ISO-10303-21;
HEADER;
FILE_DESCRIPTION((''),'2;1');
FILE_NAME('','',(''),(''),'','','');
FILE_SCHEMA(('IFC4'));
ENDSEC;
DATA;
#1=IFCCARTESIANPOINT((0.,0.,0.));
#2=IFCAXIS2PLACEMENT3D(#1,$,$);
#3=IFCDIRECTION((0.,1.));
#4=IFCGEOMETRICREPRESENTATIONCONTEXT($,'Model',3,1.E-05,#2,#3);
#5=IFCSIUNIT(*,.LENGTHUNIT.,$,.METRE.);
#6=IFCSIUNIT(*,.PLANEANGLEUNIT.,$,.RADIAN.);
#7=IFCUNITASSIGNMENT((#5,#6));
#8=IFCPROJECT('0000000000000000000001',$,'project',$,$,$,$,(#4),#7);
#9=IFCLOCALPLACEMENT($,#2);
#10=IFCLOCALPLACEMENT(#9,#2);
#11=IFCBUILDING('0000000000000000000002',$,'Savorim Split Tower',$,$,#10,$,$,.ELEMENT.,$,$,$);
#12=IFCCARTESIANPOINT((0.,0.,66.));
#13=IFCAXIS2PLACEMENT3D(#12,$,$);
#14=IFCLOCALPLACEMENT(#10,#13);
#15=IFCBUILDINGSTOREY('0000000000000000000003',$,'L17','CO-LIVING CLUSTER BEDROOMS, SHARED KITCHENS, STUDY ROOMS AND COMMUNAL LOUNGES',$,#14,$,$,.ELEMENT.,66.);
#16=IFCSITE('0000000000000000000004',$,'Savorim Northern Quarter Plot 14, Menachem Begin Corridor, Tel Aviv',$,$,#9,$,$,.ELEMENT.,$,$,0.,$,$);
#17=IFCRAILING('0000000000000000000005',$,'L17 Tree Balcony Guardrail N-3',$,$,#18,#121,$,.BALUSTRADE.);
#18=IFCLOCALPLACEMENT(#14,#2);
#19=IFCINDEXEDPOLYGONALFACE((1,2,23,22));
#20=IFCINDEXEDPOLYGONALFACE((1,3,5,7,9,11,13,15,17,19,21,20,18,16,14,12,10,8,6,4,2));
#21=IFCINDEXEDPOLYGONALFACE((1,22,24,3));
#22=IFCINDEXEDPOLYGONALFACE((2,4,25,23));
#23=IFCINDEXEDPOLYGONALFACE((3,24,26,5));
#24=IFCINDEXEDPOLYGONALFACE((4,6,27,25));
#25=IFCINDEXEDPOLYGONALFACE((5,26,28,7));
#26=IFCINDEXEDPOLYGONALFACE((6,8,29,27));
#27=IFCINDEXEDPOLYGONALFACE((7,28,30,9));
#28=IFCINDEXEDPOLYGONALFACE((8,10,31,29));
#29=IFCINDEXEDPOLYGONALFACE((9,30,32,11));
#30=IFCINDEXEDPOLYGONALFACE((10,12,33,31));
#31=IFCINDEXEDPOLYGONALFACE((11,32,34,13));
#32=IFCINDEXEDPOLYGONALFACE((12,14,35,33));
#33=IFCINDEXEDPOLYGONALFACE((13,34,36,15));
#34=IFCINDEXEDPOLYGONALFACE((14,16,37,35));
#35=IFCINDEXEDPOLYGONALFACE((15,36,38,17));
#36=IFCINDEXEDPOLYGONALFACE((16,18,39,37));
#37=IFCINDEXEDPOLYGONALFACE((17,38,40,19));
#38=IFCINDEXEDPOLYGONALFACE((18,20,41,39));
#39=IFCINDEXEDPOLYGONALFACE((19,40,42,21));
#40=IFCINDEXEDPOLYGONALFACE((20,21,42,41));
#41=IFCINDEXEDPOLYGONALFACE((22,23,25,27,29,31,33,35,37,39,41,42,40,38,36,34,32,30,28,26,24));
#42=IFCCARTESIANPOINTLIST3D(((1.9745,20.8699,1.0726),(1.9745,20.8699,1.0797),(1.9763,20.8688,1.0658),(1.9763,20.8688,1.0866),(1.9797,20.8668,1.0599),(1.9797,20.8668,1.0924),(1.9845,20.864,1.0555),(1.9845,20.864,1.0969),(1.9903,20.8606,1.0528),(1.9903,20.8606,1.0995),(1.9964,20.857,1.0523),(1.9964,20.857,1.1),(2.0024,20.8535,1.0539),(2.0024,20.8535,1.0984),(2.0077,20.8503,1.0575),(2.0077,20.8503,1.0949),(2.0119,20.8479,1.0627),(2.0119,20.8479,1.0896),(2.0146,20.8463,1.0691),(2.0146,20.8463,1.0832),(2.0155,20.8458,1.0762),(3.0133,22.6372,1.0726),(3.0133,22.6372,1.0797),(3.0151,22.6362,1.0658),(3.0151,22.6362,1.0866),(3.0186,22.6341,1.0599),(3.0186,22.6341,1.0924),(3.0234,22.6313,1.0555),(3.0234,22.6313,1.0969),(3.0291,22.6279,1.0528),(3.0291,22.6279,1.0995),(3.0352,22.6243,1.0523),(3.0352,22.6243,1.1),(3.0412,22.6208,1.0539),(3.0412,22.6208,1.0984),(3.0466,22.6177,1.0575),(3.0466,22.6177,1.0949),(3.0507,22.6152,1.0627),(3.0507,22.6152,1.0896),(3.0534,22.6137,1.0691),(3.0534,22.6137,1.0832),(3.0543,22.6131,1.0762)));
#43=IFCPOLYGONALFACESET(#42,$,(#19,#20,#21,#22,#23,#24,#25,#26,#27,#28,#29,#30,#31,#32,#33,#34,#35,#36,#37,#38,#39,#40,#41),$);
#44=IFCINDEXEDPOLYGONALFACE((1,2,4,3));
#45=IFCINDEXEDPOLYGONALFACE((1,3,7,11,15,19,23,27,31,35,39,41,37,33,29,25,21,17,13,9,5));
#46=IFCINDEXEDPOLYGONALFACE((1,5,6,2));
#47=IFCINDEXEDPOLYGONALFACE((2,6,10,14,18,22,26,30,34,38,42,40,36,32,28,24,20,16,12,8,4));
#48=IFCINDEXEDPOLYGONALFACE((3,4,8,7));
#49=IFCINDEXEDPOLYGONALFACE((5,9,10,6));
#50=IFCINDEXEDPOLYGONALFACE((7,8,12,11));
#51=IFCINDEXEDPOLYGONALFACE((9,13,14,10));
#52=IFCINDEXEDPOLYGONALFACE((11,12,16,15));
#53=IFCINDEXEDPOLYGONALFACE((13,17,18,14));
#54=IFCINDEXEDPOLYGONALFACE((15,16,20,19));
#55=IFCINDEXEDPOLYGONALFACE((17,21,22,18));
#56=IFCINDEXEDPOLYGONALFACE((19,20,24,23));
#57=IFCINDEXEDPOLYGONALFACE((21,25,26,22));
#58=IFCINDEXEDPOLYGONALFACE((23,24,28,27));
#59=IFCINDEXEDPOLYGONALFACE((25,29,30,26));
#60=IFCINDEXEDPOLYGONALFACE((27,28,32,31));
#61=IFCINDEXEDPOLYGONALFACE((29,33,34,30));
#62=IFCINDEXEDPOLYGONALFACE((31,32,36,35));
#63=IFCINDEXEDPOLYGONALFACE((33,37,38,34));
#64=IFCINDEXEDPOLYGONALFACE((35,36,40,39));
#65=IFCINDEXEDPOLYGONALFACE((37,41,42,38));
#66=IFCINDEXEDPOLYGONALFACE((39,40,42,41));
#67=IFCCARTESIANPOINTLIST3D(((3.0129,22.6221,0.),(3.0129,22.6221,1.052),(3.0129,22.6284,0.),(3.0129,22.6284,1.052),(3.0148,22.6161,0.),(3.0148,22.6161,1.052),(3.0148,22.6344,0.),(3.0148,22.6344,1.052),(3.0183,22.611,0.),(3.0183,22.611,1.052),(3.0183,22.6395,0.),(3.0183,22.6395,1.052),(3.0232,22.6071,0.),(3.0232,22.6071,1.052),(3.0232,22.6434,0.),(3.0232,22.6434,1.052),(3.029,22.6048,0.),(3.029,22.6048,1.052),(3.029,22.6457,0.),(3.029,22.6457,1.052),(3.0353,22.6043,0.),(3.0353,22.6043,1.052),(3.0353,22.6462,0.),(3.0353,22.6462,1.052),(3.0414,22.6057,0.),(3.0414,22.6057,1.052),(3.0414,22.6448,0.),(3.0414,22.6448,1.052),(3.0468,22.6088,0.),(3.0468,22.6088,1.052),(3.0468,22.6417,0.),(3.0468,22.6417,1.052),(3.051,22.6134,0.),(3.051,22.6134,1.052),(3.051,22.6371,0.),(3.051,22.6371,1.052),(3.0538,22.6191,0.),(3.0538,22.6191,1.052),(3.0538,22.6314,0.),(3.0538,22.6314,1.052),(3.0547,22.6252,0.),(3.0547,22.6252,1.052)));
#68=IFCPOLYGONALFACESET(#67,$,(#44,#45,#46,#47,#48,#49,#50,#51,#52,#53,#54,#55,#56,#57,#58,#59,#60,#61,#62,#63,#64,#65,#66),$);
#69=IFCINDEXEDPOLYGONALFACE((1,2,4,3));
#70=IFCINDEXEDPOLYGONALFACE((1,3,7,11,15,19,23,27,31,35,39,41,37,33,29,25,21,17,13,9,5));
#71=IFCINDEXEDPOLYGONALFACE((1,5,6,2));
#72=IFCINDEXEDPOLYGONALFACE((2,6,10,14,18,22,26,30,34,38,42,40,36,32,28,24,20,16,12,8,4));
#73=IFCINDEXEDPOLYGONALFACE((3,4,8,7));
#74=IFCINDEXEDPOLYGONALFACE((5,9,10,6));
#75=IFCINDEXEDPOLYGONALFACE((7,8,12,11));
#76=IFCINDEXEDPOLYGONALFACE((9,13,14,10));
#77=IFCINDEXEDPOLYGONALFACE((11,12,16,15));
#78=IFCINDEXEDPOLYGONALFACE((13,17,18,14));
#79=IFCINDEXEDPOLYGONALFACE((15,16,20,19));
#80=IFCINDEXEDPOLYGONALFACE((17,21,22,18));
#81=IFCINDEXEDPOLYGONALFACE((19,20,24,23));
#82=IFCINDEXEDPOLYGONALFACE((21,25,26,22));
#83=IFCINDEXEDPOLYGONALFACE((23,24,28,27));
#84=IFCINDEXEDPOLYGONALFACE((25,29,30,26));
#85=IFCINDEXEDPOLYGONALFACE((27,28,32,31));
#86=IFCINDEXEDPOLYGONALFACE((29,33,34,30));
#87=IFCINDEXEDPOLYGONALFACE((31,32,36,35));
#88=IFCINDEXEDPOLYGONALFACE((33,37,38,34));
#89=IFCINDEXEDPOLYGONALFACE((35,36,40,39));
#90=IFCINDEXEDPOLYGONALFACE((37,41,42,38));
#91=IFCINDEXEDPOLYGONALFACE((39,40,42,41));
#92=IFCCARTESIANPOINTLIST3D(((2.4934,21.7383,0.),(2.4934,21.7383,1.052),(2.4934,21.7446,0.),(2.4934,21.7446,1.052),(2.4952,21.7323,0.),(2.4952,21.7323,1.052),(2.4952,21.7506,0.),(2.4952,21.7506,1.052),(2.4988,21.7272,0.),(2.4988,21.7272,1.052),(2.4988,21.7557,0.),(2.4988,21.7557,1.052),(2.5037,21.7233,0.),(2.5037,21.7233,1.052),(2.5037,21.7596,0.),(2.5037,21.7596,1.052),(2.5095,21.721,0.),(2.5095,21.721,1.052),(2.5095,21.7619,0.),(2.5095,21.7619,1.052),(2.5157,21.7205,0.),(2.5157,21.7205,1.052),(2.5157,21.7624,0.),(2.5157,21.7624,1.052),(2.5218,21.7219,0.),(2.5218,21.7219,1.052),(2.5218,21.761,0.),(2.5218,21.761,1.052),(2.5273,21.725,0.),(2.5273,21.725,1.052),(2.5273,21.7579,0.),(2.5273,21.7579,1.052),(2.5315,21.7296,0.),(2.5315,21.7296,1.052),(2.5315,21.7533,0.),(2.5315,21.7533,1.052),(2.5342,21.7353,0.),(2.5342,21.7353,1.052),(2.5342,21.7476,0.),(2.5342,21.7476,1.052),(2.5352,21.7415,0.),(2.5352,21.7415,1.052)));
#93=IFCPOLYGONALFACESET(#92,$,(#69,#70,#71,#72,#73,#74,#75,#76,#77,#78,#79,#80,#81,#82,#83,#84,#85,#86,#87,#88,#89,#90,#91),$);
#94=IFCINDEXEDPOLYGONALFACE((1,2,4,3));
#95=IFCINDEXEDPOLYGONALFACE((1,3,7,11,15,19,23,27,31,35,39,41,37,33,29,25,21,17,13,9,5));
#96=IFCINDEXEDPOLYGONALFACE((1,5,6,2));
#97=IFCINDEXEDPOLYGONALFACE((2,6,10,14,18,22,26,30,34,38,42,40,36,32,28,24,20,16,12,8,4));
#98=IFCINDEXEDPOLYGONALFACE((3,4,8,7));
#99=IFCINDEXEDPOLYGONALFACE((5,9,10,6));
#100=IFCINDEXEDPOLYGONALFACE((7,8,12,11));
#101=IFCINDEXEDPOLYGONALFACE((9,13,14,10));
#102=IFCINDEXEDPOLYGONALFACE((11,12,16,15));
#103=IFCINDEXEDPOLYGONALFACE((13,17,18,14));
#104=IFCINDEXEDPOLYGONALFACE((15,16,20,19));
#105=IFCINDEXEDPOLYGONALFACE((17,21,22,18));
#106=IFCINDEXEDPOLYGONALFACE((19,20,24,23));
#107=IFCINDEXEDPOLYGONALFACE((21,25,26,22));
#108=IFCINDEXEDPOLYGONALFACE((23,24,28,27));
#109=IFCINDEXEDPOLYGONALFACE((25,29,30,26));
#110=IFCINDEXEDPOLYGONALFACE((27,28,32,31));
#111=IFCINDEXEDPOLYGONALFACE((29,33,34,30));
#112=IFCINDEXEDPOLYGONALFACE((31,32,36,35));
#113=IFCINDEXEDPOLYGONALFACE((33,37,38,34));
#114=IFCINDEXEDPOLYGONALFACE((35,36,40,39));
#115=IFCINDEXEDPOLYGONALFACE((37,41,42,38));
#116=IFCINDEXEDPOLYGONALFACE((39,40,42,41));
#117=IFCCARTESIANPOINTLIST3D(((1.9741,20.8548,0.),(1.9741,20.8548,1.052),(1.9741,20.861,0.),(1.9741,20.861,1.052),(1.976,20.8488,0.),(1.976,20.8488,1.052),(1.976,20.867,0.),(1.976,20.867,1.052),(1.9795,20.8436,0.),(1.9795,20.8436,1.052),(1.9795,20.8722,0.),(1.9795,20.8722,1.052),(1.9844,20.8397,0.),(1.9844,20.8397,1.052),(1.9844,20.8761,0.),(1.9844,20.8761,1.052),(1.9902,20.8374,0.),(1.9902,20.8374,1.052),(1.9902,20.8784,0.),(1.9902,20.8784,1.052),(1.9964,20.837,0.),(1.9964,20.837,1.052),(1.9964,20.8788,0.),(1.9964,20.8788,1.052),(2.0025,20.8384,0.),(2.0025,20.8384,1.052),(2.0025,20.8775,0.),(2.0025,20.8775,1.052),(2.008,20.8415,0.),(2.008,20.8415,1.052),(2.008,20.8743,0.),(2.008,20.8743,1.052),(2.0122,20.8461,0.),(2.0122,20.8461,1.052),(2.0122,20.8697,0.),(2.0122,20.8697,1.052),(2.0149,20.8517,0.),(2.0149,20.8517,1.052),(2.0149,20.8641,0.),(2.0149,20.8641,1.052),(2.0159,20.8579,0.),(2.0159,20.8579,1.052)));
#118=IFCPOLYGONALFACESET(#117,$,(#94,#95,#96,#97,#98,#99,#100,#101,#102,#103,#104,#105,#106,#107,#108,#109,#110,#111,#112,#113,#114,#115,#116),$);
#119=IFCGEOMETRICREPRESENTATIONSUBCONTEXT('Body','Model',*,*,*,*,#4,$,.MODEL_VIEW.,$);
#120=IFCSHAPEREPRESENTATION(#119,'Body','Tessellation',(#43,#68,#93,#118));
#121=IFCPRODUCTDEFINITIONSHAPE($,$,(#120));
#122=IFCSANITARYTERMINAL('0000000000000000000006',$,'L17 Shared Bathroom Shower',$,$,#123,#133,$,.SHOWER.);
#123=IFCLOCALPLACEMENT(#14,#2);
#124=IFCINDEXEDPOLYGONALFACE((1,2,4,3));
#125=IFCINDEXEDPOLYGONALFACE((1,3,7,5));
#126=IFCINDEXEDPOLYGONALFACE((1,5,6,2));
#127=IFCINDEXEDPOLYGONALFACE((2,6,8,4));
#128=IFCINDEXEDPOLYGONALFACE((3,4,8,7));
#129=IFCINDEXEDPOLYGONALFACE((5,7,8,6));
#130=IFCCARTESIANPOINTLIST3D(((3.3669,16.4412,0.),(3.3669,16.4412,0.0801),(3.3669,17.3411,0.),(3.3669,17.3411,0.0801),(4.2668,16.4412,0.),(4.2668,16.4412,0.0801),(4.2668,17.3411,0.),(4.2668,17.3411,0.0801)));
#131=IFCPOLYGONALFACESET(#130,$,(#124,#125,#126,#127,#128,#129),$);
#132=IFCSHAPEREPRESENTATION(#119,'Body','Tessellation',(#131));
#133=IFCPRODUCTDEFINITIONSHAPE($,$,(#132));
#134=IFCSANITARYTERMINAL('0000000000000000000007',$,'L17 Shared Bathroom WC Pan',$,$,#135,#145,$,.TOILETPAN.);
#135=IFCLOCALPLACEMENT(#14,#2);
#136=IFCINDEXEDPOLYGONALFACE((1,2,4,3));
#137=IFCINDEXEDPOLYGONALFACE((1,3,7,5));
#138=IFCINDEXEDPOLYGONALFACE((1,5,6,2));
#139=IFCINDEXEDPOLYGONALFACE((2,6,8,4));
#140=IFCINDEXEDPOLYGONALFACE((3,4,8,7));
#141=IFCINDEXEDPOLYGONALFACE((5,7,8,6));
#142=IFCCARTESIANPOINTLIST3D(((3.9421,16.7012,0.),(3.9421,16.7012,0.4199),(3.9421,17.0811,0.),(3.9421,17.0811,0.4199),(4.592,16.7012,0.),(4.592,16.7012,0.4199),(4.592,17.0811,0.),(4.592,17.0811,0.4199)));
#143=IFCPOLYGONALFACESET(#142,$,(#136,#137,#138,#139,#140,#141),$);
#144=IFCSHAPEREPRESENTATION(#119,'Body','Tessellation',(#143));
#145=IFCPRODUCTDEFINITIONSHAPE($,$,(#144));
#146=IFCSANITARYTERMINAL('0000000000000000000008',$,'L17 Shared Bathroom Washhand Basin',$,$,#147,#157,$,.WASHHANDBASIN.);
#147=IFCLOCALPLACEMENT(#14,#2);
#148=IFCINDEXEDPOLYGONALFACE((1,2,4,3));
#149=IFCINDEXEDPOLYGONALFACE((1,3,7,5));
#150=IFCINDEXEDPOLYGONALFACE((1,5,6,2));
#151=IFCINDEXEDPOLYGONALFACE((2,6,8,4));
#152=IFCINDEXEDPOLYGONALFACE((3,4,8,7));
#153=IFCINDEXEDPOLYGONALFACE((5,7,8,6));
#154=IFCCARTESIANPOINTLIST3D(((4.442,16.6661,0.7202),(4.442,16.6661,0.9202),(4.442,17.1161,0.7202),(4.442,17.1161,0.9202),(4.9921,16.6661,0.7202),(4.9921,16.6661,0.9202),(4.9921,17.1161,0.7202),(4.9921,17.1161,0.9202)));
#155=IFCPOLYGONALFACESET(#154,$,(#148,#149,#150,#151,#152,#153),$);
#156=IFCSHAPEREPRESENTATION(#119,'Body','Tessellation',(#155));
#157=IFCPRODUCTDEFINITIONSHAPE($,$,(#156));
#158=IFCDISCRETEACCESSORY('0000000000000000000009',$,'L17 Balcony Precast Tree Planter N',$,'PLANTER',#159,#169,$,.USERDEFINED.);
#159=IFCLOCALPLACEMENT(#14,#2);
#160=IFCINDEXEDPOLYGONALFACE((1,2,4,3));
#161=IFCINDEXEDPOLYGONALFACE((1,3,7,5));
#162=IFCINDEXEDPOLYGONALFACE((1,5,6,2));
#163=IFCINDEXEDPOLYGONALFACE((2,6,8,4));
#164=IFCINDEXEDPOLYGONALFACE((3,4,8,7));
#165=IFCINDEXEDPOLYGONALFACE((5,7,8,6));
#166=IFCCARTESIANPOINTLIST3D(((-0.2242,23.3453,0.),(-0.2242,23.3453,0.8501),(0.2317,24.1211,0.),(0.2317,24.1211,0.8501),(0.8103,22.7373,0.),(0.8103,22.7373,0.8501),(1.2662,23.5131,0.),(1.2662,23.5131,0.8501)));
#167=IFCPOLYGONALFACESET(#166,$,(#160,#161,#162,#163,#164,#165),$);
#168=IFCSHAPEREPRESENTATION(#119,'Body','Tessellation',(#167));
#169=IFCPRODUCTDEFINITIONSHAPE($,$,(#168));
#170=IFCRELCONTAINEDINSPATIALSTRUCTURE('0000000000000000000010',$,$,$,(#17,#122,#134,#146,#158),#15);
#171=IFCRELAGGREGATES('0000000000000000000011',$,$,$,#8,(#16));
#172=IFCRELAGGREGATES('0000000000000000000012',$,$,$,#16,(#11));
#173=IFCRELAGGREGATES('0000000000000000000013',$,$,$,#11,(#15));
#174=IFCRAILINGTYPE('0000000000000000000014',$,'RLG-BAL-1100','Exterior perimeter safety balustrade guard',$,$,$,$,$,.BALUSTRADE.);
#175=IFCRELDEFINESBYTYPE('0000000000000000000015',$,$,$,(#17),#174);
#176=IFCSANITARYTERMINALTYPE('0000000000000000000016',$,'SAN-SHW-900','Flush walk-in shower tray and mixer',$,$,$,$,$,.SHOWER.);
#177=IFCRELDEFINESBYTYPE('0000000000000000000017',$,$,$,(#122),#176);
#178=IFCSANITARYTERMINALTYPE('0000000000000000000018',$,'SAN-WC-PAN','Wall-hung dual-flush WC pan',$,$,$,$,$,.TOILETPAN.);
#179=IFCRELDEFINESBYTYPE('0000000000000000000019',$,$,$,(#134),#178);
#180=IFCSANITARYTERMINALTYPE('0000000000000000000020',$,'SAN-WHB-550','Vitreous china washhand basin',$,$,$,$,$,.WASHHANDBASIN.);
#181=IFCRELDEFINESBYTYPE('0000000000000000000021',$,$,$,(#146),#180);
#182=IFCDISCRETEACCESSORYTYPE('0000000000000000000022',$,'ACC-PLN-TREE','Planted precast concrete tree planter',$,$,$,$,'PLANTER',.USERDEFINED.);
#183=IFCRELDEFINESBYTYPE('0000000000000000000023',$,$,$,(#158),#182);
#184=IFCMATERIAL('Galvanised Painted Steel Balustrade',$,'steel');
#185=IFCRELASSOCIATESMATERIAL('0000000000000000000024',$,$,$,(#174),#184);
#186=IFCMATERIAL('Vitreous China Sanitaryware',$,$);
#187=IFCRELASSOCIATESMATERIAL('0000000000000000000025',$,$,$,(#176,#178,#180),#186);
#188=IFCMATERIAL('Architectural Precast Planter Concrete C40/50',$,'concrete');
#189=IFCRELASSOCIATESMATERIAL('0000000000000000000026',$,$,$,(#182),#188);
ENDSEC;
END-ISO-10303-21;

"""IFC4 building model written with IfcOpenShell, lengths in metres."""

from ifc_helpers import new_model, si_unit, direction, frame, origin, origin_2d, place, context, subcontext, project, spatial, rectangle, circle, extrude, material, type_object, element, save


model = new_model("IFC4")

# Units and contexts
model_context = context("Model", 3, precision=1e-05, world=origin(), true_north=direction((0.0, 1.0)))
body_context = subcontext(model_context, "Body", "Model", "MODEL_VIEW")
ifc_project = project(units=[si_unit("LENGTHUNIT", "METRE"), si_unit("PLANEANGLEUNIT", "RADIAN")], contexts=[model_context])

# Site, building, storey
site_placement = place(None, origin())
site = spatial("IfcSite", under=ifc_project, at=site_placement, Name="Savorim Northern Quarter Plot 14, Menachem Begin Corridor, Tel Aviv", CompositionType="ELEMENT", RefElevation=0.0)
building_placement = place(site_placement, origin())
building = spatial("IfcBuilding", under=site, at=building_placement, Name="Savorim Split Tower", CompositionType="ELEMENT")
storey_placement = place(building_placement, frame((0.0, 0.0, 66.0)))
storey = spatial("IfcBuildingStorey", under=building, at=storey_placement, Name="L17", Description="CO-LIVING CLUSTER BEDROOMS, SHARED KITCHENS, STUDY ROOMS AND COMMUNAL LOUNGES", CompositionType="ELEMENT", Elevation=66.0)

# Railing
ifc_material_1 = material(Name="Galvanised Painted Steel Balustrade", Category="steel")
railing_type = type_object("IfcRailingType", Name="RLG-BAL-1100", Description="Exterior perimeter safety balustrade guard", PredefinedType="BALUSTRADE", material=ifc_material_1)
railing_placement = place(storey_placement, frame((3.0337, 22.6252, 0.0)))
element("IfcRailing", 1, at=railing_placement, inside=storey, type_object=railing_type, Name="L17 Tree Balcony Guardrail N-3", PredefinedType="BALUSTRADE", context=body_context, shape_type="SweptSolid", body=[
    extrude(circle(Radius=0.0239, at=origin_2d()), frame((0.0, 0.0, 1.0762), z_axis=(-0.506734, -0.862103, 0.0), x_axis=(0.862103, -0.506734, 0.0)), (0.0, 0.0, 1.0), 2.05),
    extrude(circle(Radius=0.021, at=origin_2d()), origin(), (0.0, 0.0, 1.0), 1.052),
    extrude(circle(Radius=0.021, at=origin_2d()), frame((-0.5195, -0.8838, 0.0)), (0.0, 0.0, 1.0), 1.052),
    extrude(circle(Radius=0.021, at=origin_2d()), frame((-1.0388, -1.7673, 0.0)), (0.0, 0.0, 1.0), 1.052),
])

# Sanitary terminals
ifc_material_2 = material(Name="Vitreous China Sanitaryware")
sanitary_terminal_type_1 = type_object("IfcSanitaryTerminalType", Name="SAN-SHW-900", Description="Flush walk-in shower tray and mixer", PredefinedType="SHOWER", material=ifc_material_2)
sanitary_terminal_1_placement = place(storey_placement, frame((3.8169, 16.8911, 0.0), z_axis=(0.0, 0.0, 1.0), x_axis=(1.0, 0.0, 0.0)))
element("IfcSanitaryTerminal", 2, at=sanitary_terminal_1_placement, inside=storey, type_object=sanitary_terminal_type_1, Name="L17 Shared Bathroom Shower", PredefinedType="SHOWER", context=body_context, shape_type="SweptSolid", body=[
    extrude(rectangle(XDim=0.8999, YDim=0.8999, at=origin_2d()), origin(), (0.0, 0.0, 1.0), 0.0801),
])
sanitary_terminal_type_2 = type_object("IfcSanitaryTerminalType", Name="SAN-WC-PAN", Description="Wall-hung dual-flush WC pan", PredefinedType="TOILETPAN", material=ifc_material_2)
sanitary_terminal_2_placement = place(storey_placement, frame((4.2671, 16.8911, 0.0), z_axis=(0.0, 0.0, 1.0), x_axis=(1.0, 0.0, 0.0)))
element("IfcSanitaryTerminal", 3, at=sanitary_terminal_2_placement, inside=storey, type_object=sanitary_terminal_type_2, Name="L17 Shared Bathroom WC Pan", PredefinedType="TOILETPAN", context=body_context, shape_type="SweptSolid", body=[
    extrude(rectangle(XDim=0.6499, YDim=0.3799, at=origin_2d()), origin(), (0.0, 0.0, 1.0), 0.4199),
])
sanitary_terminal_type_3 = type_object("IfcSanitaryTerminalType", Name="SAN-WHB-550", Description="Vitreous china washhand basin", PredefinedType="WASHHANDBASIN", material=ifc_material_2)
sanitary_terminal_3_placement = place(storey_placement, frame((4.717, 16.8911, 0.7202), z_axis=(0.0, 0.0, 1.0), x_axis=(1.0, 0.0, 0.0)))
element("IfcSanitaryTerminal", 4, at=sanitary_terminal_3_placement, inside=storey, type_object=sanitary_terminal_type_3, Name="L17 Shared Bathroom Washhand Basin", PredefinedType="WASHHANDBASIN", context=body_context, shape_type="SweptSolid", body=[
    extrude(rectangle(XDim=0.55, YDim=0.45, at=origin_2d()), origin(), (0.0, 0.0, 1.0), 0.2),
])

# Discrete accessory
ifc_material_3 = material(Name="Architectural Precast Planter Concrete C40/50", Category="concrete")
discrete_accessory_type = type_object("IfcDiscreteAccessoryType", Name="ACC-PLN-TREE", Description="Planted precast concrete tree planter", ElementType="PLANTER", PredefinedType="USERDEFINED", material=ifc_material_3)
discrete_accessory_placement = place(storey_placement, frame((0.521, 23.4292, 0.0), z_axis=(0.0, 0.0, 1.0), x_axis=(-0.862124, 0.506697, 0.0)))
element("IfcDiscreteAccessory", 5, at=discrete_accessory_placement, inside=storey, type_object=discrete_accessory_type, Name="L17 Balcony Precast Tree Planter N", ObjectType="PLANTER", PredefinedType="USERDEFINED", context=body_context, shape_type="SweptSolid", body=[
    extrude(rectangle(XDim=1.2, YDim=0.8999, at=origin_2d()), origin(), (0.0, 0.0, 1.0), 0.8501),
])

save(model, "model.ifc")
